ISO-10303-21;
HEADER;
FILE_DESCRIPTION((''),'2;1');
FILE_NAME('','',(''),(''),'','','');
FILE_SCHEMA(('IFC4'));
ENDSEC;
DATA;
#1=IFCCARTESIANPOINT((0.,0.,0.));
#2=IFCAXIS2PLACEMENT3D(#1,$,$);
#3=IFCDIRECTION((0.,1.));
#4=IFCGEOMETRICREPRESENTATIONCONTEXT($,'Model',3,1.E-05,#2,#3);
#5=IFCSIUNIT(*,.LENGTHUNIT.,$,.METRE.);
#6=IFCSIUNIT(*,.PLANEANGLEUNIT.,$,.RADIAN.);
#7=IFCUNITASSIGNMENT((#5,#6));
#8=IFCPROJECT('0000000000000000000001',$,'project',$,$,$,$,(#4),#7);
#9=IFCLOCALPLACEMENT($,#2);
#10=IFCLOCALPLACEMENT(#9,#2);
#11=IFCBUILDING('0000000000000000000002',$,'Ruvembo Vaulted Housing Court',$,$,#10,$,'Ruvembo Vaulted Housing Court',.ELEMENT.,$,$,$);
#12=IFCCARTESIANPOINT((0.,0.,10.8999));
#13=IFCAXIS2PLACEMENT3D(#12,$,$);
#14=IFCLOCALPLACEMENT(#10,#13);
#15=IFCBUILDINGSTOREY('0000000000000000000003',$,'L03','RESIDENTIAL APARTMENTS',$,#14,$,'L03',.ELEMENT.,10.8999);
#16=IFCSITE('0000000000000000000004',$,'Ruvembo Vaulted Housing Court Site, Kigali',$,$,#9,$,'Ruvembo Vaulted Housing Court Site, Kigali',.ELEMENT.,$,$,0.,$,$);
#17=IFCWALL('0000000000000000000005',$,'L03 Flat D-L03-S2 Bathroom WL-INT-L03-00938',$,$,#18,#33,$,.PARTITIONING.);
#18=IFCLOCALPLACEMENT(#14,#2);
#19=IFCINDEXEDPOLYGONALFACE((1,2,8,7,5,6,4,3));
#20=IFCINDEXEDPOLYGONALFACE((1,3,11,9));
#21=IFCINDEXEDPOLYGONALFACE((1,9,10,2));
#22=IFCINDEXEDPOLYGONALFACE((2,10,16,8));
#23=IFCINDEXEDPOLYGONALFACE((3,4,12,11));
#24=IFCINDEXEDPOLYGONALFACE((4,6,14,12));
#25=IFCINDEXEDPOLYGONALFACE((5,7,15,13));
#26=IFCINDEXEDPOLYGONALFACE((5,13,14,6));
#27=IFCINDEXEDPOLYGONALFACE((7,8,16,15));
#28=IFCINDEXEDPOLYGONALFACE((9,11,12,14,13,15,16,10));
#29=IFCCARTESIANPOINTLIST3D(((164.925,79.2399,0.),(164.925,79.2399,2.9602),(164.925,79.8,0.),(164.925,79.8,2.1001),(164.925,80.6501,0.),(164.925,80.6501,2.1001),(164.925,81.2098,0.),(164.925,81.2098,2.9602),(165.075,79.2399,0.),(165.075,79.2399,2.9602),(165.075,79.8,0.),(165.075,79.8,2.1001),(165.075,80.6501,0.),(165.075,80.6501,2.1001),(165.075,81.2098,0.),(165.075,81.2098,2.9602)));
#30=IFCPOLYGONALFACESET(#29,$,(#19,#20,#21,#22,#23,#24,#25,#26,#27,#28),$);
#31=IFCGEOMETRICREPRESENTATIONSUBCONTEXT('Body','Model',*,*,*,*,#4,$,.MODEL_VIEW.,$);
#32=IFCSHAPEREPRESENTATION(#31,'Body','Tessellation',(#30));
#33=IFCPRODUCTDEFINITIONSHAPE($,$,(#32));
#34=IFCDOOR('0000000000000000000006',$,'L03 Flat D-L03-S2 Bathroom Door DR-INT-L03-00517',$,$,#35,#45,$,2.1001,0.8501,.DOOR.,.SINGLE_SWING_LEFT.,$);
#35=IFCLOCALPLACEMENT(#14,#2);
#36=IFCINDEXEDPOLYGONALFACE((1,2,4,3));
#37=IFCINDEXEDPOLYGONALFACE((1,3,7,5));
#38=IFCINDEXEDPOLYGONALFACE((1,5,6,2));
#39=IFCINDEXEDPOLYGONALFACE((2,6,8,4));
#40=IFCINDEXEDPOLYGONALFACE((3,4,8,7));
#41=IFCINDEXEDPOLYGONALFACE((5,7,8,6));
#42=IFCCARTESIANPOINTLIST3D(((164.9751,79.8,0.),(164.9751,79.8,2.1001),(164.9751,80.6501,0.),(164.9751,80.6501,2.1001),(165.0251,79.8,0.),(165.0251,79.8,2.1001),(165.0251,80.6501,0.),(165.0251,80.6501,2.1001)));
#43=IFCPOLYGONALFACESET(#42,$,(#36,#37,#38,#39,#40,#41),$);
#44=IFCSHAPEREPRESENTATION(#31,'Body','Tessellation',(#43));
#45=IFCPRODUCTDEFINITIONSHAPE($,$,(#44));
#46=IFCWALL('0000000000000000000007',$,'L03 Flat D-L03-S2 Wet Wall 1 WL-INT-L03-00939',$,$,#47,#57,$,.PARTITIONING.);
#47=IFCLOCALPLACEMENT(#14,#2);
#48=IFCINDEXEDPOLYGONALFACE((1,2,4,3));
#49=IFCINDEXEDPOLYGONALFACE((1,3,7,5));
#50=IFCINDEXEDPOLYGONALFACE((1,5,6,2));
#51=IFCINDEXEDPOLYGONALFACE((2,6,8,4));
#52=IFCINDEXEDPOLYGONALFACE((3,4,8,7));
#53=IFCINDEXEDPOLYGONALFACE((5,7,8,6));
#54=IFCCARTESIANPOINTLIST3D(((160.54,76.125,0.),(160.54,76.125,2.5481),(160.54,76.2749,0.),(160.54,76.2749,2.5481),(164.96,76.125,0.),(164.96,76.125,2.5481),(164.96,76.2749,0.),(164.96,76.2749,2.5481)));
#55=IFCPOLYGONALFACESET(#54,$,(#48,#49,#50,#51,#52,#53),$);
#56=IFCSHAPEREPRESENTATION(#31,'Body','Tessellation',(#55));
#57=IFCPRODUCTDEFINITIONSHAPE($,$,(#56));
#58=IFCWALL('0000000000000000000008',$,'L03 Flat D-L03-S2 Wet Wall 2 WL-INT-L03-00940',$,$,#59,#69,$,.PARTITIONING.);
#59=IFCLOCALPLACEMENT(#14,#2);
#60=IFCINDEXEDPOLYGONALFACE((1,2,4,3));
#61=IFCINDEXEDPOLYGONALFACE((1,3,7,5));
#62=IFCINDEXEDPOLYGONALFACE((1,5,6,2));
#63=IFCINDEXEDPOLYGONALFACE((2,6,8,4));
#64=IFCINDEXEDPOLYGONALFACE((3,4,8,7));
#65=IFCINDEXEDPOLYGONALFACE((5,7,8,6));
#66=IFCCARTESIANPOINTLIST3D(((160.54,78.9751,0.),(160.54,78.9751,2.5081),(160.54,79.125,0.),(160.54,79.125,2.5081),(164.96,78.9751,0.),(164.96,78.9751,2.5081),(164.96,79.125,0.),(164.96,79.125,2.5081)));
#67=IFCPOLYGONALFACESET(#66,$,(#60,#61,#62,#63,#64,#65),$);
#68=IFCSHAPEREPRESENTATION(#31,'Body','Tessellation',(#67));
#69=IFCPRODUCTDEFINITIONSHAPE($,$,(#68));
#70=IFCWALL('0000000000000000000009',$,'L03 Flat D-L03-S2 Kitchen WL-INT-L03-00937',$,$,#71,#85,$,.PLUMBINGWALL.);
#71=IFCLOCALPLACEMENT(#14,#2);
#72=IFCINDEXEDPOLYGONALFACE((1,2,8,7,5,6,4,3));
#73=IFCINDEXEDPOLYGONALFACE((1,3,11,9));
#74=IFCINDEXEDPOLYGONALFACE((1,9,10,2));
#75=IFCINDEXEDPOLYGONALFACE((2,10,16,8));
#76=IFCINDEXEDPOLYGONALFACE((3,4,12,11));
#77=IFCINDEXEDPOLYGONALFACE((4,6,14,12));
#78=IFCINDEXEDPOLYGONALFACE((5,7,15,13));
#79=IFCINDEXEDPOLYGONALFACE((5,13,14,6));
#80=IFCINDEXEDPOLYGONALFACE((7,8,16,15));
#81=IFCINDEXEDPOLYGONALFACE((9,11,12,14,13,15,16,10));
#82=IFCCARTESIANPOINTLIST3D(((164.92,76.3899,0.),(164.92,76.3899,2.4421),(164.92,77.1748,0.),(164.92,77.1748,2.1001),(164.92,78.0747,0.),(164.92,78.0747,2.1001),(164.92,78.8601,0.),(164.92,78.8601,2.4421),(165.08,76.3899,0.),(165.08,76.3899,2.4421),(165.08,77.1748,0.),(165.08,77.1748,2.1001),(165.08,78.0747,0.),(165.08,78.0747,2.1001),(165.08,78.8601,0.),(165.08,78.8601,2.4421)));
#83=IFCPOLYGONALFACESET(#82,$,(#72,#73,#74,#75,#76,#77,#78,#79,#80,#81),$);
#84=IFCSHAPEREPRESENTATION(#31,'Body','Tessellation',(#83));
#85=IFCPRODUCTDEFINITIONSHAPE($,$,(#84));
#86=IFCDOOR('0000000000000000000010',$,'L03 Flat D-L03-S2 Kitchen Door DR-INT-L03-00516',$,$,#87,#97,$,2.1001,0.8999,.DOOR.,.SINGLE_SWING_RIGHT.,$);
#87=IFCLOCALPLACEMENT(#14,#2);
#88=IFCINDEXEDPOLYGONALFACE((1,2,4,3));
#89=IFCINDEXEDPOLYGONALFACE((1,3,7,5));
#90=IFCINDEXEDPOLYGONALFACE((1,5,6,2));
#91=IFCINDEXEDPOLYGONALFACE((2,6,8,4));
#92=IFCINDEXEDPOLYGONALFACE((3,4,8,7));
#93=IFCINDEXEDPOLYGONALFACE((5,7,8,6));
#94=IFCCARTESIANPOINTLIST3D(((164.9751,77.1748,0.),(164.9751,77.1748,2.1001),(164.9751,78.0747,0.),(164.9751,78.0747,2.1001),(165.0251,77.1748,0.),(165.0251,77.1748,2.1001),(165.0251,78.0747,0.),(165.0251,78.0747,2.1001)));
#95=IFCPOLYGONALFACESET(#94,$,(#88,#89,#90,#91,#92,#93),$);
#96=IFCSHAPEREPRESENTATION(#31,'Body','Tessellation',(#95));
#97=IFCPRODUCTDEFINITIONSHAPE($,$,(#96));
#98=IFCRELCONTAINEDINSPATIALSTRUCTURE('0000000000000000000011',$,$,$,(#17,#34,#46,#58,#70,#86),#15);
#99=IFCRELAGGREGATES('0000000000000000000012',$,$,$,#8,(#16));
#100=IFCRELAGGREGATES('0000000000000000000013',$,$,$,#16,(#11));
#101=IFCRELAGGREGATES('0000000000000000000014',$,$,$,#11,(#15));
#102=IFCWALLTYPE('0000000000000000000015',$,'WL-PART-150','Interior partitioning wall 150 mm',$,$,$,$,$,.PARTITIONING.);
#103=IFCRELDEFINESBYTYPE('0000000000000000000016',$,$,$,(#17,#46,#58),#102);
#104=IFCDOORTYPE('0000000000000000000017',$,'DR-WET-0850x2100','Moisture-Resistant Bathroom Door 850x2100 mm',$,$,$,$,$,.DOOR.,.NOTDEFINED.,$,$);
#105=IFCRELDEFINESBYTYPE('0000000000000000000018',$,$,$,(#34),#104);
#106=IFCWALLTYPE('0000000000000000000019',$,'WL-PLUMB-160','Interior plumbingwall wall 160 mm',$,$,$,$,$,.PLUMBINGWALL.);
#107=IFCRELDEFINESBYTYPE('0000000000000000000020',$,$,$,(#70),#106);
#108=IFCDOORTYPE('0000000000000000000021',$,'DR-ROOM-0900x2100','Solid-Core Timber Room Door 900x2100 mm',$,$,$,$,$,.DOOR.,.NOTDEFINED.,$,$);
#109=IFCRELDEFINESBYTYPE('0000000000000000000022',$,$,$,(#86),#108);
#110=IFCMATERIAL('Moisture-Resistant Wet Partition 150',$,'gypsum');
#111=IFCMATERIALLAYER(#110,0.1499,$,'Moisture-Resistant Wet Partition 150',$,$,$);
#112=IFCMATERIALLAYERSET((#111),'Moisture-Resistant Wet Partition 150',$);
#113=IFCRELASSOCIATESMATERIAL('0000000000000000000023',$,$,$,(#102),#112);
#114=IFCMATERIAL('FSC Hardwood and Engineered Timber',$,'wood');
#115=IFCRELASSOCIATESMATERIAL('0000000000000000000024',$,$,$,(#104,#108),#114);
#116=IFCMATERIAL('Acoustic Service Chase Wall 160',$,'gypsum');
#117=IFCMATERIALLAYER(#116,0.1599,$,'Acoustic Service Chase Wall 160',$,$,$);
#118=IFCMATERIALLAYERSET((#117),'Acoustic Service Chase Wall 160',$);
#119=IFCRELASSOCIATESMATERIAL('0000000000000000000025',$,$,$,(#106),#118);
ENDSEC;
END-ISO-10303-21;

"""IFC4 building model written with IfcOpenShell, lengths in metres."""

from ifc_helpers import new_model, si_unit, direction, frame, frame_2d, origin, place, context, subcontext, project, spatial, rectangle, extrude, material, layer, layer_set, type_object, element, fill, save


model = new_model("IFC4")

# Units and contexts
model_context = context("Model", 3, precision=1e-05, world=origin(), true_north=direction((0.0, 1.0)))
body_context = subcontext(model_context, "Body", "Model", "MODEL_VIEW")
ifc_project = project(units=[si_unit("LENGTHUNIT", "METRE"), si_unit("PLANEANGLEUNIT", "RADIAN")], contexts=[model_context])

# Site, building, storey
site_placement = place(None, origin())
site = spatial("IfcSite", under=ifc_project, at=site_placement, Name="Ruvembo Vaulted Housing Court Site, Kigali", LongName="Ruvembo Vaulted Housing Court Site, Kigali", CompositionType="ELEMENT", RefElevation=0.0)
building_placement = place(site_placement, origin())
building = spatial("IfcBuilding", under=site, at=building_placement, Name="Ruvembo Vaulted Housing Court", LongName="Ruvembo Vaulted Housing Court", CompositionType="ELEMENT")
storey_placement = place(building_placement, frame((0.0, 0.0, 10.8999)))
storey = spatial("IfcBuildingStorey", under=building, at=storey_placement, Name="L03", Description="RESIDENTIAL APARTMENTS", LongName="L03", CompositionType="ELEMENT", Elevation=10.8999)

# Shared definitions
ifc_material_1 = material(Name="FSC Hardwood and Engineered Timber", Category="wood")

# Wall, opening, door
ifc_material_2 = material(Name="Moisture-Resistant Wet Partition 150", Category="gypsum")
ifc_layer_1 = layer(ifc_material_2, 0.1499, Name="Moisture-Resistant Wet Partition 150")
ifc_layer_set_1 = layer_set([ifc_layer_1], Name="Moisture-Resistant Wet Partition 150")
wall_type_1 = type_object("IfcWallType", Name="WL-PART-150", Description="Interior partitioning wall 150 mm", PredefinedType="PARTITIONING", material=ifc_layer_set_1)
wall_1_placement = place(storey_placement, frame((165.0, 79.24, 0.0), z_axis=(0.0, 0.0, 1.0), x_axis=(0.0, 1.0, 0.0)))
wall_1 = element("IfcWall", 1, at=wall_1_placement, inside=storey, type_object=wall_type_1, Name="L03 Flat D-L03-S2 Bathroom WL-INT-L03-00938", PredefinedType="PARTITIONING", context=body_context, shape_type="SweptSolid", body=[
    extrude(rectangle(XDim=1.97, YDim=0.1499, at=frame_2d((0.9849, 0.0))), origin(), (0.0, 0.0, 1.0), 2.9602),
])
opening_1_placement = place(wall_1_placement, frame((0.5601, 0.0, 0.0)))
opening_1 = element("IfcOpeningElement", 2, at=opening_1_placement, cuts=wall_1, PredefinedType="OPENING", context=body_context, shape_type="SweptSolid", body=[
    extrude(rectangle(XDim=0.8501, YDim=2.1001, at=frame_2d((0.425, 1.05))), frame((0.0, 0.085, 0.0), z_axis=(0.0, -1.0, 0.0), x_axis=(1.0, 0.0, 0.0)), (0.0, 0.0, 1.0), 0.1699),
])
door_type_1 = type_object("IfcDoorType", Name="DR-WET-0850x2100", Description="Moisture-Resistant Bathroom Door 850x2100 mm", OperationType="NOTDEFINED", PredefinedType="DOOR", material=ifc_material_1)
door_1_placement = place(opening_1_placement, origin())
door_1 = element("IfcDoor", 3, at=door_1_placement, inside=storey, type_object=door_type_1, Name="L03 Flat D-L03-S2 Bathroom Door DR-INT-L03-00517", OperationType="SINGLE_SWING_LEFT", OverallHeight=2.1001, OverallWidth=0.8501, PredefinedType="DOOR", context=body_context, shape_type="SweptSolid", body=[
    extrude(rectangle(XDim=0.8501, YDim=2.1001, at=frame_2d((0.425, 1.05))), frame((0.0, 0.0249, 0.0), z_axis=(0.0, -1.0, 0.0), x_axis=(1.0, 0.0, 0.0)), (0.0, 0.0, 1.0), 0.05),
])
fill(opening_1, door_1)

# Walls
wall_2_placement = place(storey_placement, frame((160.54, 76.2, 0.0), z_axis=(0.0, 0.0, 1.0), x_axis=(1.0, 0.0, 0.0)))
element("IfcWall", 4, at=wall_2_placement, inside=storey, type_object=wall_type_1, Name="L03 Flat D-L03-S2 Wet Wall 1 WL-INT-L03-00939", PredefinedType="PARTITIONING", context=body_context, shape_type="SweptSolid", body=[
    extrude(rectangle(XDim=4.4199, YDim=0.1499, at=frame_2d((2.21, 0.0))), origin(), (0.0, 0.0, 1.0), 2.5481),
])
wall_3_placement = place(storey_placement, frame((160.54, 79.05, 0.0), z_axis=(0.0, 0.0, 1.0), x_axis=(1.0, 0.0, 0.0)))
element("IfcWall", 5, at=wall_3_placement, inside=storey, type_object=wall_type_1, Name="L03 Flat D-L03-S2 Wet Wall 2 WL-INT-L03-00940", PredefinedType="PARTITIONING", context=body_context, shape_type="SweptSolid", body=[
    extrude(rectangle(XDim=4.4199, YDim=0.1499, at=frame_2d((2.21, 0.0))), origin(), (0.0, 0.0, 1.0), 2.5081),
])

# Wall, opening, door
ifc_material_3 = material(Name="Acoustic Service Chase Wall 160", Category="gypsum")
ifc_layer_2 = layer(ifc_material_3, 0.1599, Name="Acoustic Service Chase Wall 160")
ifc_layer_set_2 = layer_set([ifc_layer_2], Name="Acoustic Service Chase Wall 160")
wall_type_2 = type_object("IfcWallType", Name="WL-PLUMB-160", Description="Interior plumbingwall wall 160 mm", PredefinedType="PLUMBINGWALL", material=ifc_layer_set_2)
wall_4_placement = place(storey_placement, frame((165.0, 76.3899, 0.0), z_axis=(0.0, 0.0, 1.0), x_axis=(0.0, 1.0, 0.0)))
wall_4 = element("IfcWall", 6, at=wall_4_placement, inside=storey, type_object=wall_type_2, Name="L03 Flat D-L03-S2 Kitchen WL-INT-L03-00937", PredefinedType="PLUMBINGWALL", context=body_context, shape_type="SweptSolid", body=[
    extrude(rectangle(XDim=2.4702, YDim=0.1599, at=frame_2d((1.2351, 0.0))), origin(), (0.0, 0.0, 1.0), 2.4421),
])
opening_2_placement = place(wall_4_placement, frame((0.7849, 0.0, 0.0)))
opening_2 = element("IfcOpeningElement", 7, at=opening_2_placement, cuts=wall_4, PredefinedType="OPENING", context=body_context, shape_type="SweptSolid", body=[
    extrude(rectangle(XDim=0.8999, YDim=2.1001, at=frame_2d((0.45, 1.05))), frame((0.0, 0.0898, 0.0), z_axis=(0.0, -1.0, 0.0), x_axis=(1.0, 0.0, 0.0)), (0.0, 0.0, 1.0), 0.1799),
])
door_type_2 = type_object("IfcDoorType", Name="DR-ROOM-0900x2100", Description="Solid-Core Timber Room Door 900x2100 mm", OperationType="NOTDEFINED", PredefinedType="DOOR", material=ifc_material_1)
door_2_placement = place(opening_2_placement, origin())
door_2 = element("IfcDoor", 8, at=door_2_placement, inside=storey, type_object=door_type_2, Name="L03 Flat D-L03-S2 Kitchen Door DR-INT-L03-00516", OperationType="SINGLE_SWING_RIGHT", OverallHeight=2.1001, OverallWidth=0.8999, PredefinedType="DOOR", context=body_context, shape_type="SweptSolid", body=[
    extrude(rectangle(XDim=0.8999, YDim=2.1001, at=frame_2d((0.45, 1.05))), frame((0.0, 0.0249, 0.0), z_axis=(0.0, -1.0, 0.0), x_axis=(1.0, 0.0, 0.0)), (0.0, 0.0, 1.0), 0.05),
])
fill(opening_2, door_2)

save(model, "model.ifc")
